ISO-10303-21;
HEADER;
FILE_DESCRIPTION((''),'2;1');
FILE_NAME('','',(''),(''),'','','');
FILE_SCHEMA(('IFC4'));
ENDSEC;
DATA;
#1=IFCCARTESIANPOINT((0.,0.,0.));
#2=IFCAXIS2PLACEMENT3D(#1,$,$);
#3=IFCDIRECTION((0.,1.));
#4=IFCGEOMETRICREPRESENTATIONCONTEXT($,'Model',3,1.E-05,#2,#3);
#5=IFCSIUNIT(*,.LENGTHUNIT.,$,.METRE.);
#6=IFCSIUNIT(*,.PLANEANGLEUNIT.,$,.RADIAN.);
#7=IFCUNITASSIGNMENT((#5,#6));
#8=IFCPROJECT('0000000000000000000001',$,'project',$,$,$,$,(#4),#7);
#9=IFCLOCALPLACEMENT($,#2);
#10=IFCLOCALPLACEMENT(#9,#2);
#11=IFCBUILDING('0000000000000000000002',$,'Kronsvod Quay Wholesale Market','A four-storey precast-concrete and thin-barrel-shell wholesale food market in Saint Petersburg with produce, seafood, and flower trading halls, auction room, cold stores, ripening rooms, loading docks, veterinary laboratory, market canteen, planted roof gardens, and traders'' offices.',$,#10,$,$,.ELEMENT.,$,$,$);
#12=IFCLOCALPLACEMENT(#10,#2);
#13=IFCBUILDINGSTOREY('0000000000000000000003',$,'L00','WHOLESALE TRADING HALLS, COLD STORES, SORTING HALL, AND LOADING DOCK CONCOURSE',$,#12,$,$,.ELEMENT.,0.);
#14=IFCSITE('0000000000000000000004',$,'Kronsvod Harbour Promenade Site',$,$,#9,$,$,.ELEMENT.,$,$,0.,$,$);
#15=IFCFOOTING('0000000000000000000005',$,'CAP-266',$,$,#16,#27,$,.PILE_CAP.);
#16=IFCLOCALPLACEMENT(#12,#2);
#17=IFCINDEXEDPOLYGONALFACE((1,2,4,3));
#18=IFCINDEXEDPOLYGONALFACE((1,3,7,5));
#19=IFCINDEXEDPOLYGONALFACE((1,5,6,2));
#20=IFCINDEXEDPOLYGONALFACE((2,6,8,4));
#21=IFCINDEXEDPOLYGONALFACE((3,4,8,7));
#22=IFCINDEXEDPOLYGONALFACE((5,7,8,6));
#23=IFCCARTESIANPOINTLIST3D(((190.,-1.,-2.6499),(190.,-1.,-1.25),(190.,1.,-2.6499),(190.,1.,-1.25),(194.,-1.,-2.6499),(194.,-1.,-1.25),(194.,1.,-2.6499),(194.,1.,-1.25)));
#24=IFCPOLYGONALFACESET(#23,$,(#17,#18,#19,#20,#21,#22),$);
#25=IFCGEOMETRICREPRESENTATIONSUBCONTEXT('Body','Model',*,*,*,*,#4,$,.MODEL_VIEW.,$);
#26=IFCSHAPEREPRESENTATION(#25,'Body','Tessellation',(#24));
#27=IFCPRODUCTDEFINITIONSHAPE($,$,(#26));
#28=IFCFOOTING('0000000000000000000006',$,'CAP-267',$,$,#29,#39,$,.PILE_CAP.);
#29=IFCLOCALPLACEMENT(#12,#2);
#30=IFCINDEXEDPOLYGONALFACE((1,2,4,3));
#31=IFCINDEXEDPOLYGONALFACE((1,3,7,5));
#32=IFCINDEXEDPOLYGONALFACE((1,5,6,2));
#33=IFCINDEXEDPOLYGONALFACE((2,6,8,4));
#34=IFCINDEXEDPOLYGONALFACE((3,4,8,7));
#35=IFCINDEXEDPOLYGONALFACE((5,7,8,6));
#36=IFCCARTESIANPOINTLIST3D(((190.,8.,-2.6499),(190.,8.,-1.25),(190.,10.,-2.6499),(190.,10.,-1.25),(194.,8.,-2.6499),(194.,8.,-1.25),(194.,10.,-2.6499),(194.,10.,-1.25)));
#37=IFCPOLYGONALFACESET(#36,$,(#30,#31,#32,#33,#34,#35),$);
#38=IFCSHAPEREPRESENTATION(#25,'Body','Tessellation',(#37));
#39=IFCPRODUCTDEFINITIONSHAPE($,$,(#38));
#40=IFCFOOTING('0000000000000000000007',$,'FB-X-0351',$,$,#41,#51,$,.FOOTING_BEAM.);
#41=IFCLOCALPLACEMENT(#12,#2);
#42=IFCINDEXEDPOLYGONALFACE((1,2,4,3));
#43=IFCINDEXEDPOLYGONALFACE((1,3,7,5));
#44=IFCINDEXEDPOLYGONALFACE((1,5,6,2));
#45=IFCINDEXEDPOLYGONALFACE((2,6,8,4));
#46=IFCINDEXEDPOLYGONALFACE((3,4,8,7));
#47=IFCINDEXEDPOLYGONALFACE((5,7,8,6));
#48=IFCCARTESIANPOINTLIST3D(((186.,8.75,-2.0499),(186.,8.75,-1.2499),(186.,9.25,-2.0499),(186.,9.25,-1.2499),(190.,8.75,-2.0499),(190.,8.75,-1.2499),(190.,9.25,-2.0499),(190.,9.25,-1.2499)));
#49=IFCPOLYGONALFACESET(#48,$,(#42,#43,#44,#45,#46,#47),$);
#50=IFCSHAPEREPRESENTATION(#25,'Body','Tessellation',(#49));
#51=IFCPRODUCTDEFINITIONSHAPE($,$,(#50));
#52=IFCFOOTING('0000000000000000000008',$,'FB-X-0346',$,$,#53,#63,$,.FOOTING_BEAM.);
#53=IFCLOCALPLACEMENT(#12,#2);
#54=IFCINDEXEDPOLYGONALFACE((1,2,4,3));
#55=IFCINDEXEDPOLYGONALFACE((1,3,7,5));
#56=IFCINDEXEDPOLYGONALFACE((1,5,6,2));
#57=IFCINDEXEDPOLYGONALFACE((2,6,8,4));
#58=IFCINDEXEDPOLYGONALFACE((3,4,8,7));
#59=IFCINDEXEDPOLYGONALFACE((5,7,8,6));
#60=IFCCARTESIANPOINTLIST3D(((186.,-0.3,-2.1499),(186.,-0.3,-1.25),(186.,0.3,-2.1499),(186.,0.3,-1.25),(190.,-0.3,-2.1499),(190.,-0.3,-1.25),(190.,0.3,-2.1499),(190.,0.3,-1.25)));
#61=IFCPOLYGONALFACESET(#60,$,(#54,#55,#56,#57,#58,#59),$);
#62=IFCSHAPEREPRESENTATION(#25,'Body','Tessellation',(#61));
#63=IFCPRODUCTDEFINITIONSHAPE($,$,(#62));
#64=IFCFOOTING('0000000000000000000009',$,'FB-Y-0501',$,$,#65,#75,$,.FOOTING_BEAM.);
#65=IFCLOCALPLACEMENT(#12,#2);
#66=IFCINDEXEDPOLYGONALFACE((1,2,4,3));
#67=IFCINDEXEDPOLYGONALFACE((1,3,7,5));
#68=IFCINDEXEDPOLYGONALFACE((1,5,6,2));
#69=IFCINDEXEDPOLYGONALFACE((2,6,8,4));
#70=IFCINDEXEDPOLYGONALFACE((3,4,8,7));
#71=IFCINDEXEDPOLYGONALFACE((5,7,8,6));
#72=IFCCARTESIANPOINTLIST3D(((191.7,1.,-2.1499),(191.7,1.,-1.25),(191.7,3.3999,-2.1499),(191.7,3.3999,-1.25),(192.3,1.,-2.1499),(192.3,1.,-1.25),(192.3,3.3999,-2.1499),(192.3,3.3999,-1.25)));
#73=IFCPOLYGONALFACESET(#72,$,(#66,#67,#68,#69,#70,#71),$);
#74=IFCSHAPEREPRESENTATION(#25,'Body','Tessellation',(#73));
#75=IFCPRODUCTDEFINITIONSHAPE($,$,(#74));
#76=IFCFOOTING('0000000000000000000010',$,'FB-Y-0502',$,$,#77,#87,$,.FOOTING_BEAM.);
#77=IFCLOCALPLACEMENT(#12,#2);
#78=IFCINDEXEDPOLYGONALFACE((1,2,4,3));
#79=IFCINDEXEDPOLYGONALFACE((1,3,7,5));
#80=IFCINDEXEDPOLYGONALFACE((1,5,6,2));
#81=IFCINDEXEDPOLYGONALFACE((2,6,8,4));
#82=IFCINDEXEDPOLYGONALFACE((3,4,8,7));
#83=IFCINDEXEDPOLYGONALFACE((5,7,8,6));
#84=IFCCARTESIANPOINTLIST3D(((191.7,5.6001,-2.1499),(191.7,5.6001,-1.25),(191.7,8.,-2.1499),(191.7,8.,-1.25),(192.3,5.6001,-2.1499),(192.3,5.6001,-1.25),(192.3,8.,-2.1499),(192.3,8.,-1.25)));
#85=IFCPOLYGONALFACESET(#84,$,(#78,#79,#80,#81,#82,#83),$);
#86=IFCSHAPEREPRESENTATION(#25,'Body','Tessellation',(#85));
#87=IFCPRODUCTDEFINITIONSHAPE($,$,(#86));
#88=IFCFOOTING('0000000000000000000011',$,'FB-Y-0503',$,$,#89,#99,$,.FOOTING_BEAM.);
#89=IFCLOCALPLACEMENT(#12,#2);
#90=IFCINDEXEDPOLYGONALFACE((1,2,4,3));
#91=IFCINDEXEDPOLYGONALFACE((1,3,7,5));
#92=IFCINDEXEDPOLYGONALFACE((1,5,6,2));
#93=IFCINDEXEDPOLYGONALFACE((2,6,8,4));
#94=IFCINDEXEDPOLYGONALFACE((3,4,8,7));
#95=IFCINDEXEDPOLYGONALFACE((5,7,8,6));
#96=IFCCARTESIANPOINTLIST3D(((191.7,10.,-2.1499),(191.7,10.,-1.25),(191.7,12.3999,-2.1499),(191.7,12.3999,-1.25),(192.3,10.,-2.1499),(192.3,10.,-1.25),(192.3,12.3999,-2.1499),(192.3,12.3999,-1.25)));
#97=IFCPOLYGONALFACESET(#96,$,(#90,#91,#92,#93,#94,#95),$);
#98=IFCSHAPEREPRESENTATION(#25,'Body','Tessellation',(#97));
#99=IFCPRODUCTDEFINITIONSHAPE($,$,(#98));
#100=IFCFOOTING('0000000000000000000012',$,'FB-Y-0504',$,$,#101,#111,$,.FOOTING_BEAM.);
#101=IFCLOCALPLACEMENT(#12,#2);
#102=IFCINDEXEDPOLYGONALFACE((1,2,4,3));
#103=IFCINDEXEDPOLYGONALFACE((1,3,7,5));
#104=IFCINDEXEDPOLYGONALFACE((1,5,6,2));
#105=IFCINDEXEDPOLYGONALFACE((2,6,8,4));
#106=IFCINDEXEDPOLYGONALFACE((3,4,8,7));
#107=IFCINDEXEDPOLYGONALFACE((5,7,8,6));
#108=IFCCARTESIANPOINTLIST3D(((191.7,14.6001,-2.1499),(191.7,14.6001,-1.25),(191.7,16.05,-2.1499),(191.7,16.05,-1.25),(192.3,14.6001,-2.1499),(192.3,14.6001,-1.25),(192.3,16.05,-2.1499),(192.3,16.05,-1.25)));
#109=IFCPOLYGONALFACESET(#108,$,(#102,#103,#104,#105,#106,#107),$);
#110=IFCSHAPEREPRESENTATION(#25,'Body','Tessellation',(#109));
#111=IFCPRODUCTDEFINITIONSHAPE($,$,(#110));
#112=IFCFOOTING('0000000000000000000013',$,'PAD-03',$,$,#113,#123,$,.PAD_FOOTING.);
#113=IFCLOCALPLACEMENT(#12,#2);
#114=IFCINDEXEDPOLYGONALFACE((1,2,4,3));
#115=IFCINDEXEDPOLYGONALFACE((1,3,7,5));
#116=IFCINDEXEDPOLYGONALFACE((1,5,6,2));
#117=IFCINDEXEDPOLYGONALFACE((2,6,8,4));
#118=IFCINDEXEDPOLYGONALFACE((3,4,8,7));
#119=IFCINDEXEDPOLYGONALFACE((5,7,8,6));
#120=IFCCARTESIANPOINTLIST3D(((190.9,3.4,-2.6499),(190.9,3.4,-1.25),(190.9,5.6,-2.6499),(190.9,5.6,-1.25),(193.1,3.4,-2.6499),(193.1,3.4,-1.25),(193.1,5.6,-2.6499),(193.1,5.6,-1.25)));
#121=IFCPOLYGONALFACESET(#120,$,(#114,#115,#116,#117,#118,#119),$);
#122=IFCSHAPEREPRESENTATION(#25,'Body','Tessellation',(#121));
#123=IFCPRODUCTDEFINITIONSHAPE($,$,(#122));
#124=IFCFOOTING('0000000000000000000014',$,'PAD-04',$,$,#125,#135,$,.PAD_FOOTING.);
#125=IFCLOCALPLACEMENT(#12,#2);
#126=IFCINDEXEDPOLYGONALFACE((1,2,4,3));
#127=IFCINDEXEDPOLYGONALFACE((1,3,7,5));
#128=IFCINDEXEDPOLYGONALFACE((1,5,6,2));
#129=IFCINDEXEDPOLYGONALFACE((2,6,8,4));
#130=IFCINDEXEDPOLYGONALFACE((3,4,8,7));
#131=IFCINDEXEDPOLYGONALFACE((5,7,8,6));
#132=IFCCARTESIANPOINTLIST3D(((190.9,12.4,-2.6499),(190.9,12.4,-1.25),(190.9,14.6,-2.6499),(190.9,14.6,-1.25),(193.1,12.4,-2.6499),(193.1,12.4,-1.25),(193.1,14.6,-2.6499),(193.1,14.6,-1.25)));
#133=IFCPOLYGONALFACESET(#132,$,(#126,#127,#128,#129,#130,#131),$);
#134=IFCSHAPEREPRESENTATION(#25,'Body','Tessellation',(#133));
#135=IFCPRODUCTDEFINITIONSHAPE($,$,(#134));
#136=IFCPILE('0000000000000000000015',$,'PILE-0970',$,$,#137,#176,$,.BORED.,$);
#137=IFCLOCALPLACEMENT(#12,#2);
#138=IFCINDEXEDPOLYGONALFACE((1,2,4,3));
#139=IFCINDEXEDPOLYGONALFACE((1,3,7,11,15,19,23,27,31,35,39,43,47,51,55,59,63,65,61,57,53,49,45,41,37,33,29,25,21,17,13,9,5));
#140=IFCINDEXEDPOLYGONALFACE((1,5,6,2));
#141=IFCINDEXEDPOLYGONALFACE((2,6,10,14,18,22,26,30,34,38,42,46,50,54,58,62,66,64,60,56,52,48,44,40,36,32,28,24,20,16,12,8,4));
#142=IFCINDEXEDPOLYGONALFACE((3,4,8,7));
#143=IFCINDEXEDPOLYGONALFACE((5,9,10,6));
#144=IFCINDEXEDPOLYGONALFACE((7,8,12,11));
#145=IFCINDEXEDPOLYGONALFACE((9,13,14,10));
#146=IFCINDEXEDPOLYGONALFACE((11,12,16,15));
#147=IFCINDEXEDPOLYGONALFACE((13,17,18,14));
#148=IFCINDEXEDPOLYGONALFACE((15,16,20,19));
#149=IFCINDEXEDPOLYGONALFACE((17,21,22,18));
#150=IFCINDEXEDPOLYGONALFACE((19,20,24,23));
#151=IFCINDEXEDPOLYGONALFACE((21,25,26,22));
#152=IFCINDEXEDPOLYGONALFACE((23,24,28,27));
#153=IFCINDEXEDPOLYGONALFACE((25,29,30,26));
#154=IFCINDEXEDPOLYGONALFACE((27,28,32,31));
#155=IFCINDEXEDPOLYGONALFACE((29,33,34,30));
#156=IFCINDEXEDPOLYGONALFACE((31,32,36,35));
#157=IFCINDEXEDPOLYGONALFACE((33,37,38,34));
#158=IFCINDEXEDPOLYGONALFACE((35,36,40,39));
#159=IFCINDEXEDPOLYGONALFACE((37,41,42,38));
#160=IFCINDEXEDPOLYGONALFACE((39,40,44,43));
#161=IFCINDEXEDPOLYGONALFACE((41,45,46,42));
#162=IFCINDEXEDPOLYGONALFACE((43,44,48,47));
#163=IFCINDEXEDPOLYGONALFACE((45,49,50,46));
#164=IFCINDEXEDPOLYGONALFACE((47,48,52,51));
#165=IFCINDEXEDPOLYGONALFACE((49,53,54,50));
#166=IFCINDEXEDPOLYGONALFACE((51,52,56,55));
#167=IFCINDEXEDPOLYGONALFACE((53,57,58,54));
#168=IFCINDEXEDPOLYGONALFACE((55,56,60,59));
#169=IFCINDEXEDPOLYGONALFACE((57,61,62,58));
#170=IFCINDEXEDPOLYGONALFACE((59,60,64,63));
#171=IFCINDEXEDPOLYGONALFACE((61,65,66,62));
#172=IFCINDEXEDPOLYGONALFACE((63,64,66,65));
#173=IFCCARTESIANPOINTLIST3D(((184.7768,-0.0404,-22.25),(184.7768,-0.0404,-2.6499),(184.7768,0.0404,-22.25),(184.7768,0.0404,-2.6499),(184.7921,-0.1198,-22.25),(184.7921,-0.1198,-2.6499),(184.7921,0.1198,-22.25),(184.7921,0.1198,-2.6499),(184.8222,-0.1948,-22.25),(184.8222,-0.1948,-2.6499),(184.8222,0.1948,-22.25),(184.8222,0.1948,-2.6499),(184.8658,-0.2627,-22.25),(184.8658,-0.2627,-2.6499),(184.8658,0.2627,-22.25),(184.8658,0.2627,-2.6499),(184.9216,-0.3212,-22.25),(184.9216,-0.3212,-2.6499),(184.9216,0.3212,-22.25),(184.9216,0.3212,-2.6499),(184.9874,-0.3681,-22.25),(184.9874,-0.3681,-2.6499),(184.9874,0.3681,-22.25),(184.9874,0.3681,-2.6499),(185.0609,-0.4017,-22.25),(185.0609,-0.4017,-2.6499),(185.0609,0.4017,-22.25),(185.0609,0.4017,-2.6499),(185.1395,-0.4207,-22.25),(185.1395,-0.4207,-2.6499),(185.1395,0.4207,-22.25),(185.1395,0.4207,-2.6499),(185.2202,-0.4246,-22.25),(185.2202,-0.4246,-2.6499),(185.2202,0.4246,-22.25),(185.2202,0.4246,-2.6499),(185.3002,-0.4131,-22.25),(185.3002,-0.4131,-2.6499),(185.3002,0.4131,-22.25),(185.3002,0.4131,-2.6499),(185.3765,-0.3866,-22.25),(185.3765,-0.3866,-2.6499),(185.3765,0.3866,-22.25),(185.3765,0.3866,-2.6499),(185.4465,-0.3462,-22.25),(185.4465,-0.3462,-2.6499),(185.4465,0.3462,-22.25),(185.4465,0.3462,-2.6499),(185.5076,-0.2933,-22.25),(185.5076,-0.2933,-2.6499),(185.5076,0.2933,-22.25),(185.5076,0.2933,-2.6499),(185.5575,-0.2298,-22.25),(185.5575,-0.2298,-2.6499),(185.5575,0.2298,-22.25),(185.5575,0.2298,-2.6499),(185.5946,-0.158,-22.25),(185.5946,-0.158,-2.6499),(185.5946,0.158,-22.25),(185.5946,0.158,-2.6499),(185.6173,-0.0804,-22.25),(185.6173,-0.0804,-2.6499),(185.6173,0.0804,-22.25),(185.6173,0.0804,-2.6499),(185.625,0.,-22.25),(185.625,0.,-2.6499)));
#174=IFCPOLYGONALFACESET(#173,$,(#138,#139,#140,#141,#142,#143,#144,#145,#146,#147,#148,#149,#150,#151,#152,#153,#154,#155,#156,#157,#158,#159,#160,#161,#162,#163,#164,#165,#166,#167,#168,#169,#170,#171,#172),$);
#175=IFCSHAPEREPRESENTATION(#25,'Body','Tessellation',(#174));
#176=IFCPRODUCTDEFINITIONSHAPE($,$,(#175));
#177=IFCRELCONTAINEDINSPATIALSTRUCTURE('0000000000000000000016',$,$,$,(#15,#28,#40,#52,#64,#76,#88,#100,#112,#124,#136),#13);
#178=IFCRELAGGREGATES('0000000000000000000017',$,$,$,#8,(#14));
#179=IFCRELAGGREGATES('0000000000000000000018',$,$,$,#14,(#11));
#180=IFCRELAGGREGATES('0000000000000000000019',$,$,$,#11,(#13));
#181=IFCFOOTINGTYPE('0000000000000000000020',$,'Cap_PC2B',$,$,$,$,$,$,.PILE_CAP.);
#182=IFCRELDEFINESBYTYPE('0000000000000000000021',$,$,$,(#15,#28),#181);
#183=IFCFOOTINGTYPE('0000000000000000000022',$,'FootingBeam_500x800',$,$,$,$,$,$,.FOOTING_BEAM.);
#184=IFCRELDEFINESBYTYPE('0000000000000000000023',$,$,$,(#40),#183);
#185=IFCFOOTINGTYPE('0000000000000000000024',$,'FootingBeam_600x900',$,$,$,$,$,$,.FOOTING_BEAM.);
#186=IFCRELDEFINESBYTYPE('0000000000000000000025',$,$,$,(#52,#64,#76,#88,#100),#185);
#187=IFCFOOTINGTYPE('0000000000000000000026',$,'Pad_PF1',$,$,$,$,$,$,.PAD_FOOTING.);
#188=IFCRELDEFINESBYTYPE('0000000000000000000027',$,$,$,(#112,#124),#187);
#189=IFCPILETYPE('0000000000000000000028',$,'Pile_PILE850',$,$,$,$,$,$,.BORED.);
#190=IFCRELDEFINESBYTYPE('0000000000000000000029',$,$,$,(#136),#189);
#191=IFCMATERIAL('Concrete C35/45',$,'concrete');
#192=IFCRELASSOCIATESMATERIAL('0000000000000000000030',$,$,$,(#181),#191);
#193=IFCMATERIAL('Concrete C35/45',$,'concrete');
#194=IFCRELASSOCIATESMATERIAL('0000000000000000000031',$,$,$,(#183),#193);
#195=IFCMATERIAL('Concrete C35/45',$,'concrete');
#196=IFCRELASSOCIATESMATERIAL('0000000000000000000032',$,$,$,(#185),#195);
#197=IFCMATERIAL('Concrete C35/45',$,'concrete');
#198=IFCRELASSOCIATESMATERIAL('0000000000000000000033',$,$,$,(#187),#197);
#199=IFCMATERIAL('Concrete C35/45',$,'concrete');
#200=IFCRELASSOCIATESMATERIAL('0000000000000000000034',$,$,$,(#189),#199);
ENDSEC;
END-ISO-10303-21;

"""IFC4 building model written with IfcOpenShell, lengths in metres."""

from ifc_helpers import new_model, si_unit, direction, frame, origin, origin_2d, place, context, subcontext, project, spatial, rectangle, circle, extrude, material, material_profile, profile_set, type_object, element, save


model = new_model("IFC4")

# Units and contexts
model_context = context("Model", 3, precision=1e-05, world=origin(), true_north=direction((0.0, 1.0)))
body_context = subcontext(model_context, "Body", "Model", "MODEL_VIEW")
ifc_project = project(units=[si_unit("LENGTHUNIT", "METRE"), si_unit("PLANEANGLEUNIT", "RADIAN")], contexts=[model_context])

# Site, building, storey
site_placement = place(None, origin())
site = spatial("IfcSite", under=ifc_project, at=site_placement, Name="Kronsvod Harbour Promenade Site", CompositionType="ELEMENT", RefElevation=0.0)
building_placement = place(site_placement, origin())
building = spatial("IfcBuilding", under=site, at=building_placement, Name="Kronsvod Quay Wholesale Market", Description="A four-storey precast-concrete and thin-barrel-shell wholesale food market in Saint Petersburg with produce, seafood, and flower trading halls, auction room, cold stores, ripening rooms, loading docks, veterinary laboratory, market canteen, planted roof gardens, and traders' offices.", CompositionType="ELEMENT")
storey_placement = place(building_placement, origin())
storey = spatial("IfcBuildingStorey", under=building, at=storey_placement, Name="L00", Description="WHOLESALE TRADING HALLS, COLD STORES, SORTING HALL, AND LOADING DOCK CONCOURSE", CompositionType="ELEMENT", Elevation=0.0)

# Footings
ifc_material_1 = material(Name="Concrete C35/45", Category="concrete")
footing_type_1 = type_object("IfcFootingType", Name="Cap_PC2B", PredefinedType="PILE_CAP", material=ifc_material_1)
for number, where, z_axis, x_axis, name in (
    (1, (192.0, 0.0, -2.6499), (0.0, 0.0, 1.0), (1.0, 0.0, 0.0), "CAP-266"),
    (2, (192.0, 9.0, -2.6499), (0.0, 0.0, 1.0), (1.0, 0.0, 0.0), "CAP-267"),
):
    element("IfcFooting", number, at=place(storey_placement, frame(where, z_axis=z_axis, x_axis=x_axis)), inside=storey, type_object=footing_type_1, Name=name, PredefinedType="PILE_CAP", context=body_context, shape_type="SweptSolid", body=[
        extrude(rectangle(XDim=4.0, YDim=2.0, at=origin_2d()), origin(), (0.0, 0.0, 1.0), 1.3999),
    ])
ifc_material_2 = material(Name="Concrete C35/45", Category="concrete")
ifc_material_profile_1 = material_profile(ifc_material_2, rectangle(XDim=0.5, YDim=0.8, at=origin_2d()), Name="FB-01")
ifc_profile_set_1 = profile_set([ifc_material_profile_1], Name="Concrete C35/45")
footing_type_2 = type_object("IfcFootingType", Name="FootingBeam_500x800", PredefinedType="FOOTING_BEAM", material=ifc_profile_set_1)
footing_1_placement = place(storey_placement, frame((186.0, 9.0, -1.6499), z_axis=(1.0, 0.0, 0.0), x_axis=(0.0, 1.0, 0.0)))
element("IfcFooting", 3, at=footing_1_placement, inside=storey, type_object=footing_type_2, Name="FB-X-0351", PredefinedType="FOOTING_BEAM", context=body_context, shape_type="SweptSolid", body=[
    extrude(rectangle(XDim=0.5, YDim=0.8, at=origin_2d()), origin(), (0.0, 0.0, 1.0), 4.0),
])
ifc_material_3 = material(Name="Concrete C35/45", Category="concrete")
ifc_material_profile_2 = material_profile(ifc_material_3, rectangle(XDim=0.6001, YDim=0.8999, at=origin_2d()), Name="FB-02")
ifc_profile_set_2 = profile_set([ifc_material_profile_2], Name="Concrete C35/45")
footing_type_3 = type_object("IfcFootingType", Name="FootingBeam_600x900", PredefinedType="FOOTING_BEAM", material=ifc_profile_set_2)
footing_2_placement = place(storey_placement, frame((186.0, 0.0, -1.7), z_axis=(1.0, 0.0, 0.0), x_axis=(0.0, 1.0, 0.0)))
element("IfcFooting", 4, at=footing_2_placement, inside=storey, type_object=footing_type_3, Name="FB-X-0346", PredefinedType="FOOTING_BEAM", context=body_context, shape_type="SweptSolid", body=[
    extrude(rectangle(XDim=0.6001, YDim=0.8999, at=origin_2d()), origin(), (0.0, 0.0, 1.0), 4.0),
])
for number, where, z_axis, x_axis, name in (
    (5, (192.0, 1.0, -1.7), (0.0, 1.0, 0.0), (-1.0, 0.0, 0.0), "FB-Y-0501"),
    (6, (192.0, 5.6001, -1.7), (0.0, 1.0, 0.0), (-1.0, 0.0, 0.0), "FB-Y-0502"),
    (7, (192.0, 10.0, -1.7), (0.0, 1.0, 0.0), (-1.0, 0.0, 0.0), "FB-Y-0503"),
):
    element("IfcFooting", number, at=place(storey_placement, frame(where, z_axis=z_axis, x_axis=x_axis)), inside=storey, type_object=footing_type_3, Name=name, PredefinedType="FOOTING_BEAM", context=body_context, shape_type="SweptSolid", body=[
        extrude(rectangle(XDim=0.6001, YDim=0.8999, at=origin_2d()), origin(), (0.0, 0.0, 1.0), 2.3999),
    ])
footing_3_placement = place(storey_placement, frame((192.0, 14.6001, -1.7), z_axis=(0.0, 1.0, 0.0), x_axis=(-1.0, 0.0, 0.0)))
element("IfcFooting", 8, at=footing_3_placement, inside=storey, type_object=footing_type_3, Name="FB-Y-0504", PredefinedType="FOOTING_BEAM", context=body_context, shape_type="SweptSolid", body=[
    extrude(rectangle(XDim=0.6001, YDim=0.8999, at=origin_2d()), origin(), (0.0, 0.0, 1.0), 1.45),
])
ifc_material_4 = material(Name="Concrete C35/45", Category="concrete")
footing_type_4 = type_object("IfcFootingType", Name="Pad_PF1", PredefinedType="PAD_FOOTING", material=ifc_material_4)
for number, where, z_axis, x_axis, name in (
    (9, (192.0, 4.5, -2.6499), (0.0, 0.0, 1.0), (1.0, 0.0, 0.0), "PAD-03"),
    (10, (192.0, 13.5, -2.6499), (0.0, 0.0, 1.0), (1.0, 0.0, 0.0), "PAD-04"),
):
    element("IfcFooting", number, at=place(storey_placement, frame(where, z_axis=z_axis, x_axis=x_axis)), inside=storey, type_object=footing_type_4, Name=name, PredefinedType="PAD_FOOTING", context=body_context, shape_type="SweptSolid", body=[
        extrude(rectangle(XDim=2.2, YDim=2.2, at=origin_2d()), origin(), (0.0, 0.0, 1.0), 1.3999),
    ])

# Pile
ifc_material_5 = material(Name="Concrete C35/45", Category="concrete")
ifc_material_profile_3 = material_profile(ifc_material_5, circle(Radius=0.425, at=origin_2d()), Name="PILE850")
ifc_profile_set_3 = profile_set([ifc_material_profile_3], Name="Concrete C35/45")
pile_type_1 = type_object("IfcPileType", Name="Pile_PILE850", PredefinedType="BORED", material=ifc_profile_set_3)
for number, where, z_axis, x_axis, name in (
    (11, (185.2, 0.0, -2.6499), (0.0, 0.0, -1.0), (1.0, 0.0, 0.0), "PILE-0970"),
):
    element("IfcPile", number, at=place(storey_placement, frame(where, z_axis=z_axis, x_axis=x_axis)), inside=storey, type_object=pile_type_1, Name=name, PredefinedType="BORED", context=body_context, shape_type="SweptSolid", body=[
        extrude(circle(Radius=0.425, at=origin_2d()), origin(), (0.0, 0.0, 1.0), 19.6001),
    ])

save(model, "model.ifc")
